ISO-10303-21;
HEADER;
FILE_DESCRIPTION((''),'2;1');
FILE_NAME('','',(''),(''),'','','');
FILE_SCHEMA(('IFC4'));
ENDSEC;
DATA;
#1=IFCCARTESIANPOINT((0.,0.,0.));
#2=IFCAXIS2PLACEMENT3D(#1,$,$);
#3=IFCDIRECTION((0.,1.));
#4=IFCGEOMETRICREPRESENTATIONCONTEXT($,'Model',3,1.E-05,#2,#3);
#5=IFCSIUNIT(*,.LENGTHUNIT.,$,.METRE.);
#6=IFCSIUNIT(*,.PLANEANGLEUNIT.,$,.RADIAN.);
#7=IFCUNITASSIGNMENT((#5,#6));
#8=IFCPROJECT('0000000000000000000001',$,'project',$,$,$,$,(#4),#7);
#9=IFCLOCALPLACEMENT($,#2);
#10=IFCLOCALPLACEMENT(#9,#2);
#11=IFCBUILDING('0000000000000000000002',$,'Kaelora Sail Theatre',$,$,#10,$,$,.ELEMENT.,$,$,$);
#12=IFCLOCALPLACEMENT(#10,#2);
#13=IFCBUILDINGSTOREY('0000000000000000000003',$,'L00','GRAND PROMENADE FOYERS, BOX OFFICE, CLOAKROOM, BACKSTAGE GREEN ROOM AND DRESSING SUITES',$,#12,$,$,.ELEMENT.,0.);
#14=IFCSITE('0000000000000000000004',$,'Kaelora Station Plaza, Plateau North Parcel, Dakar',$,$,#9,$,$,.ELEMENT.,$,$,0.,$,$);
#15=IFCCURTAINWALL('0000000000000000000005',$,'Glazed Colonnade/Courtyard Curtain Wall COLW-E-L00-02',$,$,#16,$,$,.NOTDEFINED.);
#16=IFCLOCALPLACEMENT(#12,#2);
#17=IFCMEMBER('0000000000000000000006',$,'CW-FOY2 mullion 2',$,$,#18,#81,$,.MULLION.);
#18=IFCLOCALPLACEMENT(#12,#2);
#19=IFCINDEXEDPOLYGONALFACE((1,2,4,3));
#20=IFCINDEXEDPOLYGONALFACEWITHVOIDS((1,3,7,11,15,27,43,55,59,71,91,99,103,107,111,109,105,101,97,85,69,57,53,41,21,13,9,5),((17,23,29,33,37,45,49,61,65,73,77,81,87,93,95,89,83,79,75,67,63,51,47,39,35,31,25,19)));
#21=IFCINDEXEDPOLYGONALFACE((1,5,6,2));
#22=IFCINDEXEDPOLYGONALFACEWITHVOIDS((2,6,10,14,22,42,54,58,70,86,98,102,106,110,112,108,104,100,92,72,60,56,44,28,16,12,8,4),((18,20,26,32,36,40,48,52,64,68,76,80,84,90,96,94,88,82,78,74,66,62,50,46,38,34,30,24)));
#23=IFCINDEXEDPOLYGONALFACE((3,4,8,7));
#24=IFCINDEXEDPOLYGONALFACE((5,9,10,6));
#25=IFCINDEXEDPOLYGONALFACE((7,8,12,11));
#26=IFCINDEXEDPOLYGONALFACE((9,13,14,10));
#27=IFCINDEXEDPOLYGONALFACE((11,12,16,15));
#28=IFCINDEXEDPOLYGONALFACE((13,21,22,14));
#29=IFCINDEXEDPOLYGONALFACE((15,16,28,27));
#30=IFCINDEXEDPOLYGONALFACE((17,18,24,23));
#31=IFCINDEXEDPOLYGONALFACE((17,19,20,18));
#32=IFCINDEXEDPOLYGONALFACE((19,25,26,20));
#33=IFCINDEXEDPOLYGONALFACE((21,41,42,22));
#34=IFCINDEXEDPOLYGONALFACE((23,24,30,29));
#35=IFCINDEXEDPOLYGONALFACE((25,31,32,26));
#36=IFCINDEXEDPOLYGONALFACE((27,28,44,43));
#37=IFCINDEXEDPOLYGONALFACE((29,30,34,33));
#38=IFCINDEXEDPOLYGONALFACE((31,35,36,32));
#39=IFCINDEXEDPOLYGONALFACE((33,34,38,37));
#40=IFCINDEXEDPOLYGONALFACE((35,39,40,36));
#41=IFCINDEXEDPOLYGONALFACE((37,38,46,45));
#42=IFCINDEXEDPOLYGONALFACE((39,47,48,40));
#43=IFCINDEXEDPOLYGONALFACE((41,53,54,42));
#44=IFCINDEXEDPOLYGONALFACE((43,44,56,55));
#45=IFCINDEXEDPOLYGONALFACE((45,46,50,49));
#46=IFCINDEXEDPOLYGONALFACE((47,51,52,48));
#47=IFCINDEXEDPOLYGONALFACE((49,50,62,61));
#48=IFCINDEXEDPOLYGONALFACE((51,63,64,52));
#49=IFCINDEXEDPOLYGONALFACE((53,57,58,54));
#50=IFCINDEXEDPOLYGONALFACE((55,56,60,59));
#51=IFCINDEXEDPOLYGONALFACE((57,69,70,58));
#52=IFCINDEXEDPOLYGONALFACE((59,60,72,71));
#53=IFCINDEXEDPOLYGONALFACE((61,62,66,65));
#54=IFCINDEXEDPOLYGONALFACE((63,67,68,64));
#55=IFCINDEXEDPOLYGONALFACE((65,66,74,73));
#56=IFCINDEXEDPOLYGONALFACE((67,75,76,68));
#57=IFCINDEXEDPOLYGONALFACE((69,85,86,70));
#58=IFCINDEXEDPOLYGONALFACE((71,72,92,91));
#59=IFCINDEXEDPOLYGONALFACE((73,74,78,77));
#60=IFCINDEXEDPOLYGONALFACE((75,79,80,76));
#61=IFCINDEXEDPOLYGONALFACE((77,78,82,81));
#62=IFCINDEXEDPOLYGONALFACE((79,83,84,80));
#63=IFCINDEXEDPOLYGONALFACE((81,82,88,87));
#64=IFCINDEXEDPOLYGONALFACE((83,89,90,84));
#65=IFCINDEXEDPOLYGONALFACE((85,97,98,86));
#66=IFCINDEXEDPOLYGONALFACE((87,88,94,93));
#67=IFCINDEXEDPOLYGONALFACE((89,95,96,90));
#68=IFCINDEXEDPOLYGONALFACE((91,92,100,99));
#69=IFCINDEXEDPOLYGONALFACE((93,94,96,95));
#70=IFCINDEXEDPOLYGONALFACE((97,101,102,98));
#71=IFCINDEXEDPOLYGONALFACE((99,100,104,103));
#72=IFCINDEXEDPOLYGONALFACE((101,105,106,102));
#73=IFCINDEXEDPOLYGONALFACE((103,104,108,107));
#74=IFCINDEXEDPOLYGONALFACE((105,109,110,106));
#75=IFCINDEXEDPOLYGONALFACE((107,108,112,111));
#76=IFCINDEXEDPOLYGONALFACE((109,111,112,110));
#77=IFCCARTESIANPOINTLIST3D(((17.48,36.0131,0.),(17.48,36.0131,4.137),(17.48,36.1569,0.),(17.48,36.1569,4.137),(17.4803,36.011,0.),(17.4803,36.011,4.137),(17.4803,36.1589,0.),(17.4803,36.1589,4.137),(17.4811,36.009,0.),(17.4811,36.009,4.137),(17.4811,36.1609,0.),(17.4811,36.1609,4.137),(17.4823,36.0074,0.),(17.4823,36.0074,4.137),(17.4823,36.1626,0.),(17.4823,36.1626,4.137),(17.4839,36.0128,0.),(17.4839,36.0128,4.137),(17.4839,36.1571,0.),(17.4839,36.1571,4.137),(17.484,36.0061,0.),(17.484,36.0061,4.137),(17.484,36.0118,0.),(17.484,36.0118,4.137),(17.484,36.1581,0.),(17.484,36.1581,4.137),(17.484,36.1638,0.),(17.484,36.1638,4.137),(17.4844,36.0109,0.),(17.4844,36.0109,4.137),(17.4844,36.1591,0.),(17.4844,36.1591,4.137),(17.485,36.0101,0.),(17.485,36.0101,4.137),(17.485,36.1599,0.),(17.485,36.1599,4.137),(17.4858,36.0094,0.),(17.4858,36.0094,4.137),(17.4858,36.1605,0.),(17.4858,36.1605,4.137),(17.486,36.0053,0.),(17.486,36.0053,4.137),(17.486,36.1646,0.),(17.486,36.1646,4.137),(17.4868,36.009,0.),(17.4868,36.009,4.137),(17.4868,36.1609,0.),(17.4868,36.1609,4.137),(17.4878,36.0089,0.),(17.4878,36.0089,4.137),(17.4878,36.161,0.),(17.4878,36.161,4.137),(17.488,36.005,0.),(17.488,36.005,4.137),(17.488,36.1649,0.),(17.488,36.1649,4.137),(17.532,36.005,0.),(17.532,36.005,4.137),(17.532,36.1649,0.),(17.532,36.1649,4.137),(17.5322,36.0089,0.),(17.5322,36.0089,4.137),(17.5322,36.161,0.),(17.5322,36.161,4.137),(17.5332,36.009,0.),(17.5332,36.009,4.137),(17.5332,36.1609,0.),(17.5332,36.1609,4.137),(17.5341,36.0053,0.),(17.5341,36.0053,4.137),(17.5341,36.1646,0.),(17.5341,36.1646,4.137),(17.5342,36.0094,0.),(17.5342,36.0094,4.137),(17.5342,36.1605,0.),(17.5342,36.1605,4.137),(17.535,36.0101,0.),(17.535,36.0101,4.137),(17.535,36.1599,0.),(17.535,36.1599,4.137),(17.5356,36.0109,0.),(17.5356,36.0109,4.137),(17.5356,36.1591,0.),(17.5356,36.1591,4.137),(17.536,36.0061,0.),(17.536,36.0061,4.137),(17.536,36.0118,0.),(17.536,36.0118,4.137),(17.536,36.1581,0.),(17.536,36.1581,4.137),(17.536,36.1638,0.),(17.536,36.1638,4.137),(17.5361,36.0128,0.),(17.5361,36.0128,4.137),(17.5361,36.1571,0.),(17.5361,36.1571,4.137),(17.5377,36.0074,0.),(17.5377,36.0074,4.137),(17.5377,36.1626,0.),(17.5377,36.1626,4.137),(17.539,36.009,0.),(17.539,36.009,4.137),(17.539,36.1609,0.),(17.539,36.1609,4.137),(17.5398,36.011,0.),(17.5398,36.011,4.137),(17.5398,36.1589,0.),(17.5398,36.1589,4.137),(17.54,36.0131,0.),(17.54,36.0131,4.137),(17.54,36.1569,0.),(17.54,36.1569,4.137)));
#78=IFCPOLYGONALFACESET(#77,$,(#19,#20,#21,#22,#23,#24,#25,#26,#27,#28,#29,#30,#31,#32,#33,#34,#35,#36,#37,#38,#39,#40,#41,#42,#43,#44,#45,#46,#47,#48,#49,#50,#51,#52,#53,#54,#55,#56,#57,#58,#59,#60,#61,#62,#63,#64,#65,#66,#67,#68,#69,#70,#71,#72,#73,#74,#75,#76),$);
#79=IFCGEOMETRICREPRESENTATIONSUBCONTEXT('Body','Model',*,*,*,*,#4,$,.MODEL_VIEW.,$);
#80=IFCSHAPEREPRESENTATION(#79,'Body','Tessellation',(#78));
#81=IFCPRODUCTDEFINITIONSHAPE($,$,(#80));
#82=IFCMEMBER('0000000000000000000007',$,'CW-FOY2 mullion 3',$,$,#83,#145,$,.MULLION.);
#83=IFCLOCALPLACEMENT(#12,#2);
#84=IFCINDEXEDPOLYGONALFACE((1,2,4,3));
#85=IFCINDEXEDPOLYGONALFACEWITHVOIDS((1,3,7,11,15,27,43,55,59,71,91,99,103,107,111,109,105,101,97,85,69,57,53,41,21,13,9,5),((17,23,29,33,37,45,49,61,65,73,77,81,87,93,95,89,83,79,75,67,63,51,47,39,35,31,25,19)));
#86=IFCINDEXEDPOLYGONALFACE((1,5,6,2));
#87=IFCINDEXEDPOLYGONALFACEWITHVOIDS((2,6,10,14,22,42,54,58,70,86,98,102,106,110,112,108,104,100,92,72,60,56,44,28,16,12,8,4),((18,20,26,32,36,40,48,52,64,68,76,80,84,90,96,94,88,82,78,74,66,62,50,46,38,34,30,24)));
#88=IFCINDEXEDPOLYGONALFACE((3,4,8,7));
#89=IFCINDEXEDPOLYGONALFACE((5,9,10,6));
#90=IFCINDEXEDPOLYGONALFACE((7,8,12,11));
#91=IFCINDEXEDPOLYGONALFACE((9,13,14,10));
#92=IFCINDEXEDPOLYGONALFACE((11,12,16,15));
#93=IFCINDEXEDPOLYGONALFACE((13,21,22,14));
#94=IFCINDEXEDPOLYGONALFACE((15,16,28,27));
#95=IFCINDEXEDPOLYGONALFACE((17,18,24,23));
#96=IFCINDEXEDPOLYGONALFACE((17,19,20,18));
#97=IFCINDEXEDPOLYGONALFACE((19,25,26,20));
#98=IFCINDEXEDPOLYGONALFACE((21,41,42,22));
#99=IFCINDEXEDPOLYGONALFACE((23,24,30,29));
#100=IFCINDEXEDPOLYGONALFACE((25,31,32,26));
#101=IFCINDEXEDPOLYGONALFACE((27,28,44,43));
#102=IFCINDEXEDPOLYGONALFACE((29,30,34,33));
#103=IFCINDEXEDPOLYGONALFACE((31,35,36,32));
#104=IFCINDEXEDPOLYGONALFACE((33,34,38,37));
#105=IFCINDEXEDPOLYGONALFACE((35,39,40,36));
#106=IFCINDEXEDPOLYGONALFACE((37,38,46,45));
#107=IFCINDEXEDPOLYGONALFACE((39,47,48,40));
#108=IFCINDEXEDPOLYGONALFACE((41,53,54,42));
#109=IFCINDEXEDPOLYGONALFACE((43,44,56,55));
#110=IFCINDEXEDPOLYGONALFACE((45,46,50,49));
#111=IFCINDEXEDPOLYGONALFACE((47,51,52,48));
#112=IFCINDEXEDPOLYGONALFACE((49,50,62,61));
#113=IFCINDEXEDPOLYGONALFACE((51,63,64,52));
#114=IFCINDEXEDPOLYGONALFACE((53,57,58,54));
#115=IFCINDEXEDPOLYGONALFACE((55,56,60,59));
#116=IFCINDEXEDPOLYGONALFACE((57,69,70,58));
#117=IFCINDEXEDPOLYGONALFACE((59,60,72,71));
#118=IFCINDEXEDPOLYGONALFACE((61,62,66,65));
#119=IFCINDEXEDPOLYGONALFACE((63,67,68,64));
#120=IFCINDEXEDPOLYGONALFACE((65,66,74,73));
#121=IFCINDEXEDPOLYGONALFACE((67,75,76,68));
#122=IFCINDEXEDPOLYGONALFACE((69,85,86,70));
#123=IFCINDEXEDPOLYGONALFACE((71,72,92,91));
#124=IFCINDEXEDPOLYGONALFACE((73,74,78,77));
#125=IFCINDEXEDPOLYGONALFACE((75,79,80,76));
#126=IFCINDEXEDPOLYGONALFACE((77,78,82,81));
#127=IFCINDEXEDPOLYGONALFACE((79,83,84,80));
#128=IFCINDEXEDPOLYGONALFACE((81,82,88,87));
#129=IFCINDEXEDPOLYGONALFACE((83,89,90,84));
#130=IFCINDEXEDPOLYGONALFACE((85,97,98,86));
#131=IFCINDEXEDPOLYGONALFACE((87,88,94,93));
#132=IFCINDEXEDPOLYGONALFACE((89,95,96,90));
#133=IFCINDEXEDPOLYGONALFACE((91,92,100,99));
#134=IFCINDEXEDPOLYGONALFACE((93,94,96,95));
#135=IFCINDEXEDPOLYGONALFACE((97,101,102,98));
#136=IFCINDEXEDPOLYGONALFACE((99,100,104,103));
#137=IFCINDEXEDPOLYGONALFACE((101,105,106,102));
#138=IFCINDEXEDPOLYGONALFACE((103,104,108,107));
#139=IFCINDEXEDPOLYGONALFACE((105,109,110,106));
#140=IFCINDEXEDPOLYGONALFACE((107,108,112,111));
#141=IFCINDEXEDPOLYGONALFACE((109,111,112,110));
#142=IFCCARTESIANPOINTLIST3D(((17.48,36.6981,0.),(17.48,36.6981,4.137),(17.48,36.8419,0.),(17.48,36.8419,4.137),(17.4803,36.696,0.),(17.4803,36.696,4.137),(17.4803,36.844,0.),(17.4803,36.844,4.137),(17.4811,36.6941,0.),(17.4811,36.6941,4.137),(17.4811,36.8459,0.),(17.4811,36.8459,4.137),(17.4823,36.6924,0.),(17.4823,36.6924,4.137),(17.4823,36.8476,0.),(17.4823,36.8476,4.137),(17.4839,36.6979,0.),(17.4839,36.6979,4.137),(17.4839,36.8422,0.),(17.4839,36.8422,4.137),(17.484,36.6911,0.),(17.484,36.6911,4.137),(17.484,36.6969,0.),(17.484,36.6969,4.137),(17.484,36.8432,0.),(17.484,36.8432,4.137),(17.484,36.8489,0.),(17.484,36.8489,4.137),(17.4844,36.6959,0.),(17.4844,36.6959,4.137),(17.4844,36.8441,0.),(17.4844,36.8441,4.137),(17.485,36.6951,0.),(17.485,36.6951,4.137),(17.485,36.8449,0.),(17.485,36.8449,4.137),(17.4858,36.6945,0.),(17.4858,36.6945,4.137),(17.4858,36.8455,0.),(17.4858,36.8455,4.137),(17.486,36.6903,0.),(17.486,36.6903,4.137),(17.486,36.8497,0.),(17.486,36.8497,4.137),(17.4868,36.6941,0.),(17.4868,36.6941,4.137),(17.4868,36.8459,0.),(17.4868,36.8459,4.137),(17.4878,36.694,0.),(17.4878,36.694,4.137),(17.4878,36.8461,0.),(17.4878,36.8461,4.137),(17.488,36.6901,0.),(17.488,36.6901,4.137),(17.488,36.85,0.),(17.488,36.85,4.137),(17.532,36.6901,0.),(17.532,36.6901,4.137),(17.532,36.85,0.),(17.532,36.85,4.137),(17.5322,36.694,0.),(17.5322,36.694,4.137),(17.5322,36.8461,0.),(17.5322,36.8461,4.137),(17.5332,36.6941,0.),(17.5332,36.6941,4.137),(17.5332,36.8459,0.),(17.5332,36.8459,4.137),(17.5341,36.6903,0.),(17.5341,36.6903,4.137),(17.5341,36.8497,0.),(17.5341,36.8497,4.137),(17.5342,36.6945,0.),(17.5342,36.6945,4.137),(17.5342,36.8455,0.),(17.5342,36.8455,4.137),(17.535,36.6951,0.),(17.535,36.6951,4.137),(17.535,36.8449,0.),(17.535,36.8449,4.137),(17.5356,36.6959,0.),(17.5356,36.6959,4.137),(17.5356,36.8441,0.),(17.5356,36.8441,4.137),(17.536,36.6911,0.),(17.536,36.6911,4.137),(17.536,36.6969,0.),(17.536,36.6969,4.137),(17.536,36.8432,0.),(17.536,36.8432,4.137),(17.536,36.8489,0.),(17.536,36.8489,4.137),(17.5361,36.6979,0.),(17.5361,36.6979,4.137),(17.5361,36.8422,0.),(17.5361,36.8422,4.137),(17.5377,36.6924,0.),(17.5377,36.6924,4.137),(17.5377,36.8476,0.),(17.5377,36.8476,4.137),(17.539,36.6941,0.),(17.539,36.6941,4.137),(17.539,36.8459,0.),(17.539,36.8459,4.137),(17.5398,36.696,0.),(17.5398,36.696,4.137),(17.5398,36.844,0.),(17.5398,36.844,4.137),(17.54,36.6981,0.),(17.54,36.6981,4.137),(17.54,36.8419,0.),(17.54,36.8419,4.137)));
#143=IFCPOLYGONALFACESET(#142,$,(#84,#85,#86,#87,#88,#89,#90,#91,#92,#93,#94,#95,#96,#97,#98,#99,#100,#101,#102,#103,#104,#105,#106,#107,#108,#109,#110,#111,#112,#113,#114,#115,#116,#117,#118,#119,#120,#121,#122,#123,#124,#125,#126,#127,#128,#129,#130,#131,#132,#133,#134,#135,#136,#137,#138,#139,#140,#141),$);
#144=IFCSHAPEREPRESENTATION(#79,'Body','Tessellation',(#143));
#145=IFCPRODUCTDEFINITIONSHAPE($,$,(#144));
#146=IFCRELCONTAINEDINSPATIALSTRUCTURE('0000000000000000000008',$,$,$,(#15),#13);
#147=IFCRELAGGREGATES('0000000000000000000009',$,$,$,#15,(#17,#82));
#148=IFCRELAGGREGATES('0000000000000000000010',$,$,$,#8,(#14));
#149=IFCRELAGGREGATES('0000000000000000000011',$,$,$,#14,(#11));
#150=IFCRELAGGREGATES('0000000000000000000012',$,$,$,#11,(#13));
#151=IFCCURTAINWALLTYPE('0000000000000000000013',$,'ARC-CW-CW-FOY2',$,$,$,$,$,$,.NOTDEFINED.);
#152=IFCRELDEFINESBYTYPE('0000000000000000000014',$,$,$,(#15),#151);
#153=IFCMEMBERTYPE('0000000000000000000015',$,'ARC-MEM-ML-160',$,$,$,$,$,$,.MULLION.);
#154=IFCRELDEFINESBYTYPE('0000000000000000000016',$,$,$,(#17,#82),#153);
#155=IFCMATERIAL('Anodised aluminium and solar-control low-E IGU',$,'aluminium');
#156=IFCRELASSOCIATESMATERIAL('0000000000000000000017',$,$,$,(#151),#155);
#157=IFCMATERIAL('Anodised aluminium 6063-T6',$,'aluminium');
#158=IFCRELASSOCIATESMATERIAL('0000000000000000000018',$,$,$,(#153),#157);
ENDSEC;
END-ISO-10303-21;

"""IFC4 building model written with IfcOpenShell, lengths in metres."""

from ifc_helpers import new_model, si_unit, direction, frame, origin, origin_2d, place, context, subcontext, project, spatial, hollow_rectangle, extrude, material, material_profile, profile_set, type_object, element, aggregate, save


model = new_model("IFC4")

# Units and contexts
model_context = context("Model", 3, precision=1e-05, world=origin(), true_north=direction((0.0, 1.0)))
body_context = subcontext(model_context, "Body", "Model", "MODEL_VIEW")
ifc_project = project(units=[si_unit("LENGTHUNIT", "METRE"), si_unit("PLANEANGLEUNIT", "RADIAN")], contexts=[model_context])

# Site, building, storey
site_placement = place(None, origin())
site = spatial("IfcSite", under=ifc_project, at=site_placement, Name="Kaelora Station Plaza, Plateau North Parcel, Dakar", CompositionType="ELEMENT", RefElevation=0.0)
building_placement = place(site_placement, origin())
building = spatial("IfcBuilding", under=site, at=building_placement, Name="Kaelora Sail Theatre", CompositionType="ELEMENT")
storey_placement = place(building_placement, origin())
storey = spatial("IfcBuildingStorey", under=building, at=storey_placement, Name="L00", Description="GRAND PROMENADE FOYERS, BOX OFFICE, CLOAKROOM, BACKSTAGE GREEN ROOM AND DRESSING SUITES", CompositionType="ELEMENT", Elevation=0.0)

# Shared definitions
ifc_material_1 = material(Name="Anodised aluminium and solar-control low-E IGU", Category="aluminium")
curtain_wall_type = type_object("IfcCurtainWallType", Name="ARC-CW-CW-FOY2", PredefinedType="NOTDEFINED", material=ifc_material_1)
ifc_material_2 = material(Name="Anodised aluminium 6063-T6", Category="aluminium")
ifc_material_profile_1 = material_profile(ifc_material_2, hollow_rectangle(XDim=0.0601, YDim=0.1599, WallThickness=0.0039, InnerFilletRadius=0.0039, OuterFilletRadius=0.0081, at=origin_2d()), Name="ALU-MULL 60x160x4")
ifc_profile_set_1 = profile_set([ifc_material_profile_1], Name="Anodised aluminium 6063-T6")
member_type_1 = type_object("IfcMemberType", Name="ARC-MEM-ML-160", PredefinedType="MULLION", material=ifc_profile_set_1)

# Curtain wall, members
curtain_wall_1_placement = place(storey_placement, origin())
curtain_wall_1 = element("IfcCurtainWall", 1, at=curtain_wall_1_placement, inside=storey, type_object=curtain_wall_type, Name="Glazed Colonnade/Courtyard Curtain Wall COLW-E-L00-02", PredefinedType="NOTDEFINED")
member_1_placement = place(storey_placement, frame((17.51, 36.085, 0.0), z_axis=(0.0, 0.0, 1.0), x_axis=(-1.0, 0.0, 0.0)))
member_1 = element("IfcMember", 2, at=member_1_placement, type_object=member_type_1, Name="CW-FOY2 mullion 2", PredefinedType="MULLION", context=body_context, shape_type="SweptSolid", body=[
    extrude(hollow_rectangle(XDim=0.0601, YDim=0.1599, WallThickness=0.0039, InnerFilletRadius=0.0039, OuterFilletRadius=0.0081, at=origin_2d()), origin(), (0.0, 0.0, 1.0), 4.137),
])
member_2_placement = place(storey_placement, frame((17.51, 36.77, 0.0), z_axis=(0.0, 0.0, 1.0), x_axis=(-1.0, 0.0, 0.0)))
member_2 = element("IfcMember", 3, at=member_2_placement, type_object=member_type_1, Name="CW-FOY2 mullion 3", PredefinedType="MULLION", context=body_context, shape_type="SweptSolid", body=[
    extrude(hollow_rectangle(XDim=0.0601, YDim=0.1599, WallThickness=0.0039, InnerFilletRadius=0.0039, OuterFilletRadius=0.0081, at=origin_2d()), origin(), (0.0, 0.0, 1.0), 4.137),
])

aggregate(curtain_wall_1, [member_1, member_2])

save(model, "model.ifc")
